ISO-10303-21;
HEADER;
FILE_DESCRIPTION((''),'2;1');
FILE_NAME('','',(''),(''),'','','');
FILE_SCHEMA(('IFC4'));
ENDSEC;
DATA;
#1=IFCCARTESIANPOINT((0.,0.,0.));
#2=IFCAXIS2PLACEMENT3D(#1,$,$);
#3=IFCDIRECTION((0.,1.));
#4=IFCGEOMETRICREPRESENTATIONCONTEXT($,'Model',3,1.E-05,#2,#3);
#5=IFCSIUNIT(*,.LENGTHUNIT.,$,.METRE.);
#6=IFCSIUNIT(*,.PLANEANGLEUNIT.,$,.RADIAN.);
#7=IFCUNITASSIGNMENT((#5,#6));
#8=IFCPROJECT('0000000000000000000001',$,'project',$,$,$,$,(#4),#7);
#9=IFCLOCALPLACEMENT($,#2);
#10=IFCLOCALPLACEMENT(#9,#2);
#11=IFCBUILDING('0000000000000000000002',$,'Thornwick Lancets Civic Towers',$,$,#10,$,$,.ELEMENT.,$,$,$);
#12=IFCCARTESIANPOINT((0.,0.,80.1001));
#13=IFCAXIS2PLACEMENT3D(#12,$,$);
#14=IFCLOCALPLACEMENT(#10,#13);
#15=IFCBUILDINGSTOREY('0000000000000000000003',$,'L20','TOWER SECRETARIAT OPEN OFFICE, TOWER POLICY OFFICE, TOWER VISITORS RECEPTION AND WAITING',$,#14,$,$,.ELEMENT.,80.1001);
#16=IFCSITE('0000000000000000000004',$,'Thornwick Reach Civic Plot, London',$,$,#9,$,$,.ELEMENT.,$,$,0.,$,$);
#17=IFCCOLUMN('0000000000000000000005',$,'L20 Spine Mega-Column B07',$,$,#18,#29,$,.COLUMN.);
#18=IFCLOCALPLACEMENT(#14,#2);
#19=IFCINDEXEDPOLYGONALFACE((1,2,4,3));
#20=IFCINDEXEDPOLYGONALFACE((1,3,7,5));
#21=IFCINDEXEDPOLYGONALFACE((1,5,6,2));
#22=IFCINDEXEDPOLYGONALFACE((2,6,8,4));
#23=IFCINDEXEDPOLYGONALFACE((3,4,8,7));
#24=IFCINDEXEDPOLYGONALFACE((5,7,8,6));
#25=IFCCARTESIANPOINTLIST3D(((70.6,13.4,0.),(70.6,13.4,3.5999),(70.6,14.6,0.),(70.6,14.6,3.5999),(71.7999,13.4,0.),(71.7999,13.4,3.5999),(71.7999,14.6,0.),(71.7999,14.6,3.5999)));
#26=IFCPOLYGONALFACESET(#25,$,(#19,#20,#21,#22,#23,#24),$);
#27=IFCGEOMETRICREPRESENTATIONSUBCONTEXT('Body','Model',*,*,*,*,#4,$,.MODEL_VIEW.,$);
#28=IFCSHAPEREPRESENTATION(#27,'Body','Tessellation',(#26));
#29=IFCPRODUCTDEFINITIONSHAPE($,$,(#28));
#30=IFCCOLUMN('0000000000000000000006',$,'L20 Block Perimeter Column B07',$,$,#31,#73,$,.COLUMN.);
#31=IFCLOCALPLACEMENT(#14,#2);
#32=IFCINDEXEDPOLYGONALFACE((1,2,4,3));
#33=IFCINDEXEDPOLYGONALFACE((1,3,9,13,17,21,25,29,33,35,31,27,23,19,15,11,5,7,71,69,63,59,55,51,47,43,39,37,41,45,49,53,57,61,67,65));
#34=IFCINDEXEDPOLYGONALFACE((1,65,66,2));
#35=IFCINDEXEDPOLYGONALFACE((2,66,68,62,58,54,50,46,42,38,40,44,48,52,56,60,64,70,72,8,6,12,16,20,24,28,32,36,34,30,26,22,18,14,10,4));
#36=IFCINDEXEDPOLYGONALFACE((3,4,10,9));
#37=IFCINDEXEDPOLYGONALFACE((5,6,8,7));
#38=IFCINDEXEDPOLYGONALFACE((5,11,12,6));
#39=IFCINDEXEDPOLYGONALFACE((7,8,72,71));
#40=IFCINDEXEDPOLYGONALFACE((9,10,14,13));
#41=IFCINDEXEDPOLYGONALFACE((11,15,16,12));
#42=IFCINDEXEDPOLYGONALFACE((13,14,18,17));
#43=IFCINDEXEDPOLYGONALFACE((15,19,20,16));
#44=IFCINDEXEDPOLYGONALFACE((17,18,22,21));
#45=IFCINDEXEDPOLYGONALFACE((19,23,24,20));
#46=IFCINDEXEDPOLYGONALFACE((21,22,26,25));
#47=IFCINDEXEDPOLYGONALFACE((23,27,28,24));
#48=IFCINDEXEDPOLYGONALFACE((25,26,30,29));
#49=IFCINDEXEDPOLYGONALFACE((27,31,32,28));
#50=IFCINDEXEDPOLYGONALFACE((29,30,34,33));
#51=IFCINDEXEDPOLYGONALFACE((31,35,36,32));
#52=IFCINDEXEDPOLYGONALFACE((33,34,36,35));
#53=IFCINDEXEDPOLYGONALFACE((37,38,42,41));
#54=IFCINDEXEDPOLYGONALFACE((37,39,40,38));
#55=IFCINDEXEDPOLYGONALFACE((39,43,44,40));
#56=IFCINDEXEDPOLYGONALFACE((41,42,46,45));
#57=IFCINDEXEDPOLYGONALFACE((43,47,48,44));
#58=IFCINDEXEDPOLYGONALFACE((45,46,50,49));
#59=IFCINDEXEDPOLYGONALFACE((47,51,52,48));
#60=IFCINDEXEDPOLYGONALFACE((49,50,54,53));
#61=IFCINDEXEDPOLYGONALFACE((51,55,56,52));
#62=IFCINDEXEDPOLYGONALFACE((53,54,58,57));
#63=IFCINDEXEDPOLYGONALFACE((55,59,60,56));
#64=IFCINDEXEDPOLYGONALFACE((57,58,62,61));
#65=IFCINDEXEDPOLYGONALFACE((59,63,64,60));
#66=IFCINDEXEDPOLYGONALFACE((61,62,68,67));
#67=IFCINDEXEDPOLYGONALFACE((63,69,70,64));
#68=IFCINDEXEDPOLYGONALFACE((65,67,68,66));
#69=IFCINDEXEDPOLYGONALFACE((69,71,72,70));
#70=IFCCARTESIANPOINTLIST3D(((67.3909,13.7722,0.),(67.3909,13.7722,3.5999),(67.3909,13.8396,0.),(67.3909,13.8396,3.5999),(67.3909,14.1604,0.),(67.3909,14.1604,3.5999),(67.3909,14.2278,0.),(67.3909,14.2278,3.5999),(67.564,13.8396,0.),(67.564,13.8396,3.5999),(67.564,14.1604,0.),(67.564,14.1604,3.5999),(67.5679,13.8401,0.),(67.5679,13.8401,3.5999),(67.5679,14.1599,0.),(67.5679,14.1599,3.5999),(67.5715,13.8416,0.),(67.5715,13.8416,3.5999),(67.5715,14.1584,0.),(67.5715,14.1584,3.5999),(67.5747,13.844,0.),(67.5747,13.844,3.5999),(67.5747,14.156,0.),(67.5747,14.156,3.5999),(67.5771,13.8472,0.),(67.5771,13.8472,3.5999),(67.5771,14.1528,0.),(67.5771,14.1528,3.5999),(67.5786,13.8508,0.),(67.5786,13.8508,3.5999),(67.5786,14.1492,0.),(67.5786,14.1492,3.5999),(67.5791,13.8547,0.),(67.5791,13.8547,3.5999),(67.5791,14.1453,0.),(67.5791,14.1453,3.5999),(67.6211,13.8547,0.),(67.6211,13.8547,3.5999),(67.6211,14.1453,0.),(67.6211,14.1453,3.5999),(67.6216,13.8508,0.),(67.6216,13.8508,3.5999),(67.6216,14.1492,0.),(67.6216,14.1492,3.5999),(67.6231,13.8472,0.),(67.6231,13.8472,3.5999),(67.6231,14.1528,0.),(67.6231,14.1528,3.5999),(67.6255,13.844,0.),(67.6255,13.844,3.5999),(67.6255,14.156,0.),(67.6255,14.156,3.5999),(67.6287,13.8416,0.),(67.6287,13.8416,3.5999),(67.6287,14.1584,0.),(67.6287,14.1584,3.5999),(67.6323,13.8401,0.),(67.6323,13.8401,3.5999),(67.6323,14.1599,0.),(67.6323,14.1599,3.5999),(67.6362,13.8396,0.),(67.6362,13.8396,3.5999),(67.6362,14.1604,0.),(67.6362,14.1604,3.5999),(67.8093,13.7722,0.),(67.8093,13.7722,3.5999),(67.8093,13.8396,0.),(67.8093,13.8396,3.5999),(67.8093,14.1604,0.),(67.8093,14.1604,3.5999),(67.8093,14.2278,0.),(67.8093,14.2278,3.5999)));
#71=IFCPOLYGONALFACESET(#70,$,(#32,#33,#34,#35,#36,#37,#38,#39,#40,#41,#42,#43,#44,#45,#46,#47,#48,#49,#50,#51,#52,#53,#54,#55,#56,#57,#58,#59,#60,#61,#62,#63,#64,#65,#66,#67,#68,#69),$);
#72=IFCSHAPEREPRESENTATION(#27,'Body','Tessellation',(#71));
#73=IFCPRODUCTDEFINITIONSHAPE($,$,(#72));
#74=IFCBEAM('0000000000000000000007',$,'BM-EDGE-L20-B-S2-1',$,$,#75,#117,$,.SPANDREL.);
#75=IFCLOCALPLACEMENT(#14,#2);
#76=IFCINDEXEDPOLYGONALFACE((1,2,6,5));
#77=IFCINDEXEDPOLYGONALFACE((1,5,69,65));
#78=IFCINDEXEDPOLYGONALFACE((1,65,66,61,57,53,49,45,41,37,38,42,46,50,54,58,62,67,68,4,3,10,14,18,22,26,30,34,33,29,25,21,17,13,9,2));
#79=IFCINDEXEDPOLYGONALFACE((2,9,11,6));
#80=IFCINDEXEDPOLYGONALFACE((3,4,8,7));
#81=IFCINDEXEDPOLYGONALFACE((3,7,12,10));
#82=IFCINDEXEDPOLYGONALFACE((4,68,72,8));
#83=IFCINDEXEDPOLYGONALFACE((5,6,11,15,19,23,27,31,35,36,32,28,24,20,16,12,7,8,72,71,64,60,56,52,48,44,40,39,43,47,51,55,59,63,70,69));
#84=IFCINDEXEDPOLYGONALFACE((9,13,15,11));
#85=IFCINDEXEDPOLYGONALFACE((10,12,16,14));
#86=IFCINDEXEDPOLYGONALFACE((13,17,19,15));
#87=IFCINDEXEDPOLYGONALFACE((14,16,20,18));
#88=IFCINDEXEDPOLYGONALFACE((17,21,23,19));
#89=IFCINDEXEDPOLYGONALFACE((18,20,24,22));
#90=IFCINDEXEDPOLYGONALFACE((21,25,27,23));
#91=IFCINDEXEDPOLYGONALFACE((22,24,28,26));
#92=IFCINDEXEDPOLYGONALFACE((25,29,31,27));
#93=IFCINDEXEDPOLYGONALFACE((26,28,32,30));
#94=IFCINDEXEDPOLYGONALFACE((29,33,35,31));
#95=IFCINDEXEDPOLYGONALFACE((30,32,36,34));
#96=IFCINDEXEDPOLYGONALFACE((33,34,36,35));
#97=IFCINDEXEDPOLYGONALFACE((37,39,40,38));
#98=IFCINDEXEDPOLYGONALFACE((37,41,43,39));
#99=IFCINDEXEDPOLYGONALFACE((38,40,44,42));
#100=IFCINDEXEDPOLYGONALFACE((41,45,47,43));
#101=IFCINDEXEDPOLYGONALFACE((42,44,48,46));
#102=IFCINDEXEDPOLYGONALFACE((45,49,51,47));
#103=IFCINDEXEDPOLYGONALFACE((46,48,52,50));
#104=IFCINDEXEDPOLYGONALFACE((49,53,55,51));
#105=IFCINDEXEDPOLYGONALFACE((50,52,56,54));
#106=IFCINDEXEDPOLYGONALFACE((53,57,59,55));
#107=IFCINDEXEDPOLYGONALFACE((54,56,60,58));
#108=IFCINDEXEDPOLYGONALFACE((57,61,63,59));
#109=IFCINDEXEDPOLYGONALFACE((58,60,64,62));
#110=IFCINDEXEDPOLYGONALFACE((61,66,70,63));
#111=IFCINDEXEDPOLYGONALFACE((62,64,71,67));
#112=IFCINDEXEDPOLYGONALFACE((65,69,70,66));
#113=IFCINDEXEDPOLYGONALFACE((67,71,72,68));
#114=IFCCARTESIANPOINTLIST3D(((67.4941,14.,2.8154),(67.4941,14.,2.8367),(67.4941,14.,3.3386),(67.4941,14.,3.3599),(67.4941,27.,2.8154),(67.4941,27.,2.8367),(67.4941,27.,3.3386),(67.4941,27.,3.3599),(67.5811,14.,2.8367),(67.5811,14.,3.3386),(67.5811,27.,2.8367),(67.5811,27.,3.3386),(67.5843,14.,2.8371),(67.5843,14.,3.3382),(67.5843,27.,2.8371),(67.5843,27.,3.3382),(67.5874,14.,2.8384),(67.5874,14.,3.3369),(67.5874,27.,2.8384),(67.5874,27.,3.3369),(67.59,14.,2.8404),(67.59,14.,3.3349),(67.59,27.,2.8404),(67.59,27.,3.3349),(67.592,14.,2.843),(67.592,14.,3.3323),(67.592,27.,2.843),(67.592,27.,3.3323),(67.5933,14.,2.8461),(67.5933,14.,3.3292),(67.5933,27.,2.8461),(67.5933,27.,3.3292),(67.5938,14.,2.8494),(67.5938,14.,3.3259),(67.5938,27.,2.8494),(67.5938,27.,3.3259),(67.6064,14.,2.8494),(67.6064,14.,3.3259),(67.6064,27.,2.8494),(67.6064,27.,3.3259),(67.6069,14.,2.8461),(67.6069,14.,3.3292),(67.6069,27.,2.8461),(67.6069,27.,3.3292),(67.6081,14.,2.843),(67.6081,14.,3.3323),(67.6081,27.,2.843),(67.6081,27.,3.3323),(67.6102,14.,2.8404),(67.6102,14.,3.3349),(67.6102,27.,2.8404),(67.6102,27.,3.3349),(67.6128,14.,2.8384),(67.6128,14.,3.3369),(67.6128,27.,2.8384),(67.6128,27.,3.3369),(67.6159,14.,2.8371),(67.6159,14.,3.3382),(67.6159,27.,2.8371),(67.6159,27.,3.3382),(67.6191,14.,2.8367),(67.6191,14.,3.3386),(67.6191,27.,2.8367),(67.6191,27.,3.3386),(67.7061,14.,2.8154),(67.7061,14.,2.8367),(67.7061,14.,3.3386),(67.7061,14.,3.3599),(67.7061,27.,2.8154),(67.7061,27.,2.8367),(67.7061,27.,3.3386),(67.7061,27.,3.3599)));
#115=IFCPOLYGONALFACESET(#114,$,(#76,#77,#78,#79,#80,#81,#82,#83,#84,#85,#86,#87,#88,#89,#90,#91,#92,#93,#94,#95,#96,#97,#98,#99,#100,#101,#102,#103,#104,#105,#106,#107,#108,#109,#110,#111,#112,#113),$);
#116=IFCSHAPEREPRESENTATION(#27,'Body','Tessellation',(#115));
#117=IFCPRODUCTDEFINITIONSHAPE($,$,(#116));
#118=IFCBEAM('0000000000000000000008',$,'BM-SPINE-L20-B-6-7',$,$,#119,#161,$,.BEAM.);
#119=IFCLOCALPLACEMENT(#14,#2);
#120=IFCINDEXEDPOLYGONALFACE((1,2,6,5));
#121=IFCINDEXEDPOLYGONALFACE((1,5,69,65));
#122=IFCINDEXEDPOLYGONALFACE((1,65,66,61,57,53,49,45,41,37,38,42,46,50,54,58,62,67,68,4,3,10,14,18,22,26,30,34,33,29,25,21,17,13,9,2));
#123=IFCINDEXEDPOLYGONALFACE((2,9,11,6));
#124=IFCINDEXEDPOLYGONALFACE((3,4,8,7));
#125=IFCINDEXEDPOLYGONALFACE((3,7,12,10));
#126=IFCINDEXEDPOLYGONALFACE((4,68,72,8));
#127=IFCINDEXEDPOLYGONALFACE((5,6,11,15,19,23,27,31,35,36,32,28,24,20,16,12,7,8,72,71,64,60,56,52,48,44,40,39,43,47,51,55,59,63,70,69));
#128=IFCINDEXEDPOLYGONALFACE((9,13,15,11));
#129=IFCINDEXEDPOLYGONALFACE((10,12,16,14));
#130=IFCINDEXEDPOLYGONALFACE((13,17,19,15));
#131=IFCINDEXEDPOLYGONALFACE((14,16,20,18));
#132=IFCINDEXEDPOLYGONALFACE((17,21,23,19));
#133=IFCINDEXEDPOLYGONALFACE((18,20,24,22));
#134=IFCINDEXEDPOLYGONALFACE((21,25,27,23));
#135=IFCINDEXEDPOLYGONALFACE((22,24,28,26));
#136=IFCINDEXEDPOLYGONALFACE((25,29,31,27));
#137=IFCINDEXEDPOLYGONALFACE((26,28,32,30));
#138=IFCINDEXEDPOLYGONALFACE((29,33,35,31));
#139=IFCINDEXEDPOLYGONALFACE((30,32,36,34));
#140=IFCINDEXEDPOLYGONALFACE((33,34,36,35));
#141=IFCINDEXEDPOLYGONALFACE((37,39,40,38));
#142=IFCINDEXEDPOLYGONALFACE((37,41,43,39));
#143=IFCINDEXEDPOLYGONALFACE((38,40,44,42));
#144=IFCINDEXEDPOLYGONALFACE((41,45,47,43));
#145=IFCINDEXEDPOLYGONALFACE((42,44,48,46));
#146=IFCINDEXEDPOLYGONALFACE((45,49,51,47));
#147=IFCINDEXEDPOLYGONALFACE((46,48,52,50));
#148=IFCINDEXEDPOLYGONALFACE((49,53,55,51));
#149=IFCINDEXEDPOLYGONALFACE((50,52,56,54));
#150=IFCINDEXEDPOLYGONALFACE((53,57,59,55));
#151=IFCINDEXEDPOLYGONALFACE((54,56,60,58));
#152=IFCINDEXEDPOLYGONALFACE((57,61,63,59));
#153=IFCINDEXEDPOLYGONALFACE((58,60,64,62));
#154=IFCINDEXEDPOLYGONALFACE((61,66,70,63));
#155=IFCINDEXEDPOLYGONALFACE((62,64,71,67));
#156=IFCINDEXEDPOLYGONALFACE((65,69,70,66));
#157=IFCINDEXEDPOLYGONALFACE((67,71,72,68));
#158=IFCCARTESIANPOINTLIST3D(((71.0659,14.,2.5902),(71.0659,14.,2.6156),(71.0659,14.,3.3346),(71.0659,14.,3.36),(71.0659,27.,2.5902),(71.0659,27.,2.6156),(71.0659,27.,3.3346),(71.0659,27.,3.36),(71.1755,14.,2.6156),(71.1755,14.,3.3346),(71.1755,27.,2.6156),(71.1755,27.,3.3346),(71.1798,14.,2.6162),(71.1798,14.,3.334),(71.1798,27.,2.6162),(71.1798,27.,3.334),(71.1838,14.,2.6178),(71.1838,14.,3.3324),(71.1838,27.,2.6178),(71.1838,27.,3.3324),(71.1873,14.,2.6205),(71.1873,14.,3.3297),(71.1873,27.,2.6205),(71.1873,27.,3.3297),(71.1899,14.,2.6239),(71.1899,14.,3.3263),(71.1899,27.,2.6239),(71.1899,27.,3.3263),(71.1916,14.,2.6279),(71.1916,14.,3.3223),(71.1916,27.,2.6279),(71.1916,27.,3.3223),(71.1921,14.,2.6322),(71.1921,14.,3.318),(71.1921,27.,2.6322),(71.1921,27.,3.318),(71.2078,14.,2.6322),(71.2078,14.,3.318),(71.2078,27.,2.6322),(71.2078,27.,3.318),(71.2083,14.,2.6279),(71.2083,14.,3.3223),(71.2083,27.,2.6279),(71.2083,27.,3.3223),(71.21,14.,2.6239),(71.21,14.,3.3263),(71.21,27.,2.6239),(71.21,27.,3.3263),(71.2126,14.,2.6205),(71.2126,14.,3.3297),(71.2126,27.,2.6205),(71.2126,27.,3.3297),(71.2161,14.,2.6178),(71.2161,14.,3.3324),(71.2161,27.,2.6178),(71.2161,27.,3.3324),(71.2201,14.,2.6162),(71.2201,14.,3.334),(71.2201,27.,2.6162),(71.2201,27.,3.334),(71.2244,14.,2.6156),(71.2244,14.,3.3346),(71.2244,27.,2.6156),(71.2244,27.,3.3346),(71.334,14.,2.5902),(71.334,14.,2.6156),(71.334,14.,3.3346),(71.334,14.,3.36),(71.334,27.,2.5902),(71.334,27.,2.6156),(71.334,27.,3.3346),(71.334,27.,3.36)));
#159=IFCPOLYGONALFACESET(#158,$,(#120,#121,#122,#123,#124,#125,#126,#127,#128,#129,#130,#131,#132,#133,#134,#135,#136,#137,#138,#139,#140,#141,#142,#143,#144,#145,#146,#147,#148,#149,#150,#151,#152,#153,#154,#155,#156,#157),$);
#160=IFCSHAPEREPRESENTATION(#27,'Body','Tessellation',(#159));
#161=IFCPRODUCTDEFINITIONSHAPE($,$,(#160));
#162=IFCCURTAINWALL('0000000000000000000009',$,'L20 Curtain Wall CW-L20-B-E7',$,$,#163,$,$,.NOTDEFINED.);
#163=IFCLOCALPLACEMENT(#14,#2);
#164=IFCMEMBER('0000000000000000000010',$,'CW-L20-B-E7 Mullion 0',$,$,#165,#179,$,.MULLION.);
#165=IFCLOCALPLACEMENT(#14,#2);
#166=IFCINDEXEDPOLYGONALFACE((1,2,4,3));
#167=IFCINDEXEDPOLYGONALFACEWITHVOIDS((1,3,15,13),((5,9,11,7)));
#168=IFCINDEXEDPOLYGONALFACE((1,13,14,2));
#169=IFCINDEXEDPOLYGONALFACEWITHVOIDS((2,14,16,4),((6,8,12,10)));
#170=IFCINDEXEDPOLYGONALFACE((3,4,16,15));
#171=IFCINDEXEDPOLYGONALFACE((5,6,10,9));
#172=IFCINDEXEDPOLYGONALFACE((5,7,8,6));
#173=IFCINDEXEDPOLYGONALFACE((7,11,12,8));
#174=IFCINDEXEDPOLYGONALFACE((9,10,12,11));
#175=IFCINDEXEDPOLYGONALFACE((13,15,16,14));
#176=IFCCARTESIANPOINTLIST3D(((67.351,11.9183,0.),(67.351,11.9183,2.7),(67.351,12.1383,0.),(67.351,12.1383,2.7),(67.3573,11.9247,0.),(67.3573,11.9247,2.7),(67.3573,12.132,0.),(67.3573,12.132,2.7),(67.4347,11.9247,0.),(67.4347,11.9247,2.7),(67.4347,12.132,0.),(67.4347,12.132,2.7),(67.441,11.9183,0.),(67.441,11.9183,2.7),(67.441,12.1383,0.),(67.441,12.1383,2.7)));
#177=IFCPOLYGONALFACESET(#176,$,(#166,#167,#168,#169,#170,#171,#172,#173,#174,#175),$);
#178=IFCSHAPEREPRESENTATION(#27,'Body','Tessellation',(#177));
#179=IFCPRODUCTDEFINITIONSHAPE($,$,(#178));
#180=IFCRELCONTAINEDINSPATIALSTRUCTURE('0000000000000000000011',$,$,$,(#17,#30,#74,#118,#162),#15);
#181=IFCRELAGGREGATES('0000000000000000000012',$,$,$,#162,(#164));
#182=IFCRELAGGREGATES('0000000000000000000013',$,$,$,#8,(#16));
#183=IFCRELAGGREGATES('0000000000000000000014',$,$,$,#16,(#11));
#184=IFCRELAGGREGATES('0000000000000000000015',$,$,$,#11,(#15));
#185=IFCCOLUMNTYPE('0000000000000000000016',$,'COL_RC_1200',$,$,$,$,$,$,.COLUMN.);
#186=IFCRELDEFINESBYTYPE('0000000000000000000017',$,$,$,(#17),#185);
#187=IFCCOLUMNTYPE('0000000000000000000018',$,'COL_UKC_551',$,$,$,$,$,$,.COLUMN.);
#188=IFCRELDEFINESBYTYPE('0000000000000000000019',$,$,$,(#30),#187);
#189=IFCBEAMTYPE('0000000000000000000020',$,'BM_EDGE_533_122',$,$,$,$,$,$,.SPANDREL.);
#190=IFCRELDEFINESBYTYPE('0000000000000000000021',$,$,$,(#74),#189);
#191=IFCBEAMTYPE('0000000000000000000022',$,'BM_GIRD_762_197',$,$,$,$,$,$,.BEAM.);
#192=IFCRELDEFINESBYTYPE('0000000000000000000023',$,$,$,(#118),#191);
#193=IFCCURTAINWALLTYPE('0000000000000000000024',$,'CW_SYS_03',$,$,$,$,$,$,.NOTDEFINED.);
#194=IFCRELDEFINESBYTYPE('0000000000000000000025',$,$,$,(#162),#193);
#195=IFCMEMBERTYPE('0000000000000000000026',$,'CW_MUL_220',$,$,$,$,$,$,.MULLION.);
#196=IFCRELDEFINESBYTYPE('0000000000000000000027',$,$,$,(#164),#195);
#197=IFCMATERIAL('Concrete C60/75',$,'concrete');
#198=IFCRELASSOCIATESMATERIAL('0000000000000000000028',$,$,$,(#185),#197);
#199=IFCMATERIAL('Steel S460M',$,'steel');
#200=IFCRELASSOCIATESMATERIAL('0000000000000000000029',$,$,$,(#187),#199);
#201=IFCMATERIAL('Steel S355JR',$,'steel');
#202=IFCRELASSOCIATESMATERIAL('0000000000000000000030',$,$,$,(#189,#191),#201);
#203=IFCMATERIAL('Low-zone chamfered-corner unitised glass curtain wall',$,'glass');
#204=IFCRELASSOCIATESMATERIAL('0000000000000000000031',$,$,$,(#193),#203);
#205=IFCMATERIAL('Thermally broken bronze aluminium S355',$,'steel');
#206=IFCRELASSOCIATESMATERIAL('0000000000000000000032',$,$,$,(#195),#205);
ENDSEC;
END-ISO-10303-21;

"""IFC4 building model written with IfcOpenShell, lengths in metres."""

from ifc_helpers import new_model, si_unit, direction, frame, origin, origin_2d, place, context, subcontext, project, spatial, rectangle, hollow_rectangle, i_section, extrude, material, material_profile, profile_set, type_object, element, aggregate, save


model = new_model("IFC4")

# Units and contexts
model_context = context("Model", 3, precision=1e-05, world=origin(), true_north=direction((0.0, 1.0)))
body_context = subcontext(model_context, "Body", "Model", "MODEL_VIEW")
ifc_project = project(units=[si_unit("LENGTHUNIT", "METRE"), si_unit("PLANEANGLEUNIT", "RADIAN")], contexts=[model_context])

# Site, building, storey
site_placement = place(None, origin())
site = spatial("IfcSite", under=ifc_project, at=site_placement, Name="Thornwick Reach Civic Plot, London", CompositionType="ELEMENT", RefElevation=0.0)
building_placement = place(site_placement, origin())
building = spatial("IfcBuilding", under=site, at=building_placement, Name="Thornwick Lancets Civic Towers", CompositionType="ELEMENT")
storey_placement = place(building_placement, frame((0.0, 0.0, 80.1001)))
storey = spatial("IfcBuildingStorey", under=building, at=storey_placement, Name="L20", Description="TOWER SECRETARIAT OPEN OFFICE, TOWER POLICY OFFICE, TOWER VISITORS RECEPTION AND WAITING", CompositionType="ELEMENT", Elevation=80.1001)

# Columns
ifc_material_1 = material(Name="Concrete C60/75", Category="concrete")
ifc_material_profile_1 = material_profile(ifc_material_1, rectangle(XDim=1.2, YDim=1.2, at=origin_2d()), Name="RC 1200x1200")
ifc_profile_set_1 = profile_set([ifc_material_profile_1], Name="Concrete C60/75")
column_type_1 = type_object("IfcColumnType", Name="COL_RC_1200", PredefinedType="COLUMN", material=ifc_profile_set_1)
column_1_placement = place(storey_placement, frame((71.2, 14.0, 0.0), z_axis=(0.0, 0.0, 1.0), x_axis=(1.0, 0.0, 0.0)))
element("IfcColumn", 1, at=column_1_placement, inside=storey, type_object=column_type_1, Name="L20 Spine Mega-Column B07", PredefinedType="COLUMN", context=body_context, shape_type="SweptSolid", body=[
    extrude(rectangle(XDim=1.2, YDim=1.2, at=origin_2d()), origin(), (0.0, 0.0, 1.0), 3.5999),
])
ifc_material_2 = material(Name="Steel S460M", Category="steel")
ifc_material_profile_2 = material_profile(ifc_material_2, i_section(OverallWidth=0.4185, OverallDepth=0.4556, WebThickness=0.042, FlangeThickness=0.0674, FilletRadius=0.0151, at=origin_2d()), Name="UKC 356x406x551")
ifc_profile_set_2 = profile_set([ifc_material_profile_2], Name="Steel S460M")
column_type_2 = type_object("IfcColumnType", Name="COL_UKC_551", PredefinedType="COLUMN", material=ifc_profile_set_2)
column_2_placement = place(storey_placement, frame((67.6001, 14.0, 0.0), z_axis=(0.0, 0.0, 1.0), x_axis=(1.0, 0.0, 0.0)))
element("IfcColumn", 2, at=column_2_placement, inside=storey, type_object=column_type_2, Name="L20 Block Perimeter Column B07", PredefinedType="COLUMN", context=body_context, shape_type="SweptSolid", body=[
    extrude(i_section(OverallWidth=0.4185, OverallDepth=0.4556, WebThickness=0.042, FlangeThickness=0.0674, FilletRadius=0.0151, at=origin_2d()), origin(), (0.0, 0.0, 1.0), 3.5999),
])

# Beams
ifc_material_3 = material(Name="Steel S355JR", Category="steel")
ifc_material_profile_3 = material_profile(ifc_material_3, i_section(OverallWidth=0.2119, OverallDepth=0.5444, WebThickness=0.0127, FlangeThickness=0.0212, FilletRadius=0.0127, at=origin_2d()), Name="UKB 533x210x122")
ifc_profile_set_3 = profile_set([ifc_material_profile_3], Name="Steel S355JR")
beam_type_1 = type_object("IfcBeamType", Name="BM_EDGE_533_122", PredefinedType="SPANDREL", material=ifc_profile_set_3)
beam_1_placement = place(storey_placement, frame((67.6001, 14.0, 3.0876), z_axis=(0.0, 1.0, 0.0), x_axis=(-1.0, 0.0, 0.0)))
element("IfcBeam", 3, at=beam_1_placement, inside=storey, type_object=beam_type_1, Name="BM-EDGE-L20-B-S2-1", PredefinedType="SPANDREL", context=body_context, shape_type="SweptSolid", body=[
    extrude(i_section(OverallWidth=0.2119, OverallDepth=0.5444, WebThickness=0.0127, FlangeThickness=0.0212, FilletRadius=0.0127, at=origin_2d()), origin(), (0.0, 0.0, 1.0), 13.0),
])
ifc_material_profile_4 = material_profile(ifc_material_3, i_section(OverallWidth=0.2681, OverallDepth=0.7698, WebThickness=0.0156, FlangeThickness=0.0254, FilletRadius=0.0166, at=origin_2d()), Name="UKB 762x267x197")
ifc_profile_set_4 = profile_set([ifc_material_profile_4], Name="Steel S355JR")
beam_type_2 = type_object("IfcBeamType", Name="BM_GIRD_762_197", PredefinedType="BEAM", material=ifc_profile_set_4)
beam_2_placement = place(storey_placement, frame((71.2, 14.0, 2.9751), z_axis=(0.0, 1.0, 0.0), x_axis=(-1.0, 0.0, 0.0)))
element("IfcBeam", 4, at=beam_2_placement, inside=storey, type_object=beam_type_2, Name="BM-SPINE-L20-B-6-7", PredefinedType="BEAM", context=body_context, shape_type="SweptSolid", body=[
    extrude(i_section(OverallWidth=0.2681, OverallDepth=0.7698, WebThickness=0.0156, FlangeThickness=0.0254, FilletRadius=0.0166, at=origin_2d()), origin(), (0.0, 0.0, 1.0), 13.0),
])

# Curtain wall, member
ifc_material_4 = material(Name="Low-zone chamfered-corner unitised glass curtain wall", Category="glass")
curtain_wall_type = type_object("IfcCurtainWallType", Name="CW_SYS_03", PredefinedType="NOTDEFINED", material=ifc_material_4)
curtain_wall_placement = place(storey_placement, origin())
curtain_wall = element("IfcCurtainWall", 5, at=curtain_wall_placement, inside=storey, type_object=curtain_wall_type, Name="L20 Curtain Wall CW-L20-B-E7", PredefinedType="NOTDEFINED")
ifc_material_5 = material(Name="Thermally broken bronze aluminium S355", Category="steel")
ifc_material_profile_5 = material_profile(ifc_material_5, hollow_rectangle(XDim=0.0901, YDim=0.22, WallThickness=0.0063, at=origin_2d()), Name="RHS 220x90x6.3")
ifc_profile_set_5 = profile_set([ifc_material_profile_5], Name="Thermally broken bronze aluminium S355")
member_type_1 = type_object("IfcMemberType", Name="CW_MUL_220", PredefinedType="MULLION", material=ifc_profile_set_5)
member_1_placement = place(storey_placement, frame((67.396, 12.0283, 0.0), z_axis=(0.0, 0.0, 1.0), x_axis=(1.0, 0.0, 0.0)))
member_1 = element("IfcMember", 6, at=member_1_placement, type_object=member_type_1, Name="CW-L20-B-E7 Mullion 0", PredefinedType="MULLION", context=body_context, shape_type="SweptSolid", body=[
    extrude(hollow_rectangle(XDim=0.0901, YDim=0.22, WallThickness=0.0063, at=origin_2d()), origin(), (0.0, 0.0, 1.0), 2.7),
])
aggregate(curtain_wall, [member_1])

save(model, "model.ifc")
